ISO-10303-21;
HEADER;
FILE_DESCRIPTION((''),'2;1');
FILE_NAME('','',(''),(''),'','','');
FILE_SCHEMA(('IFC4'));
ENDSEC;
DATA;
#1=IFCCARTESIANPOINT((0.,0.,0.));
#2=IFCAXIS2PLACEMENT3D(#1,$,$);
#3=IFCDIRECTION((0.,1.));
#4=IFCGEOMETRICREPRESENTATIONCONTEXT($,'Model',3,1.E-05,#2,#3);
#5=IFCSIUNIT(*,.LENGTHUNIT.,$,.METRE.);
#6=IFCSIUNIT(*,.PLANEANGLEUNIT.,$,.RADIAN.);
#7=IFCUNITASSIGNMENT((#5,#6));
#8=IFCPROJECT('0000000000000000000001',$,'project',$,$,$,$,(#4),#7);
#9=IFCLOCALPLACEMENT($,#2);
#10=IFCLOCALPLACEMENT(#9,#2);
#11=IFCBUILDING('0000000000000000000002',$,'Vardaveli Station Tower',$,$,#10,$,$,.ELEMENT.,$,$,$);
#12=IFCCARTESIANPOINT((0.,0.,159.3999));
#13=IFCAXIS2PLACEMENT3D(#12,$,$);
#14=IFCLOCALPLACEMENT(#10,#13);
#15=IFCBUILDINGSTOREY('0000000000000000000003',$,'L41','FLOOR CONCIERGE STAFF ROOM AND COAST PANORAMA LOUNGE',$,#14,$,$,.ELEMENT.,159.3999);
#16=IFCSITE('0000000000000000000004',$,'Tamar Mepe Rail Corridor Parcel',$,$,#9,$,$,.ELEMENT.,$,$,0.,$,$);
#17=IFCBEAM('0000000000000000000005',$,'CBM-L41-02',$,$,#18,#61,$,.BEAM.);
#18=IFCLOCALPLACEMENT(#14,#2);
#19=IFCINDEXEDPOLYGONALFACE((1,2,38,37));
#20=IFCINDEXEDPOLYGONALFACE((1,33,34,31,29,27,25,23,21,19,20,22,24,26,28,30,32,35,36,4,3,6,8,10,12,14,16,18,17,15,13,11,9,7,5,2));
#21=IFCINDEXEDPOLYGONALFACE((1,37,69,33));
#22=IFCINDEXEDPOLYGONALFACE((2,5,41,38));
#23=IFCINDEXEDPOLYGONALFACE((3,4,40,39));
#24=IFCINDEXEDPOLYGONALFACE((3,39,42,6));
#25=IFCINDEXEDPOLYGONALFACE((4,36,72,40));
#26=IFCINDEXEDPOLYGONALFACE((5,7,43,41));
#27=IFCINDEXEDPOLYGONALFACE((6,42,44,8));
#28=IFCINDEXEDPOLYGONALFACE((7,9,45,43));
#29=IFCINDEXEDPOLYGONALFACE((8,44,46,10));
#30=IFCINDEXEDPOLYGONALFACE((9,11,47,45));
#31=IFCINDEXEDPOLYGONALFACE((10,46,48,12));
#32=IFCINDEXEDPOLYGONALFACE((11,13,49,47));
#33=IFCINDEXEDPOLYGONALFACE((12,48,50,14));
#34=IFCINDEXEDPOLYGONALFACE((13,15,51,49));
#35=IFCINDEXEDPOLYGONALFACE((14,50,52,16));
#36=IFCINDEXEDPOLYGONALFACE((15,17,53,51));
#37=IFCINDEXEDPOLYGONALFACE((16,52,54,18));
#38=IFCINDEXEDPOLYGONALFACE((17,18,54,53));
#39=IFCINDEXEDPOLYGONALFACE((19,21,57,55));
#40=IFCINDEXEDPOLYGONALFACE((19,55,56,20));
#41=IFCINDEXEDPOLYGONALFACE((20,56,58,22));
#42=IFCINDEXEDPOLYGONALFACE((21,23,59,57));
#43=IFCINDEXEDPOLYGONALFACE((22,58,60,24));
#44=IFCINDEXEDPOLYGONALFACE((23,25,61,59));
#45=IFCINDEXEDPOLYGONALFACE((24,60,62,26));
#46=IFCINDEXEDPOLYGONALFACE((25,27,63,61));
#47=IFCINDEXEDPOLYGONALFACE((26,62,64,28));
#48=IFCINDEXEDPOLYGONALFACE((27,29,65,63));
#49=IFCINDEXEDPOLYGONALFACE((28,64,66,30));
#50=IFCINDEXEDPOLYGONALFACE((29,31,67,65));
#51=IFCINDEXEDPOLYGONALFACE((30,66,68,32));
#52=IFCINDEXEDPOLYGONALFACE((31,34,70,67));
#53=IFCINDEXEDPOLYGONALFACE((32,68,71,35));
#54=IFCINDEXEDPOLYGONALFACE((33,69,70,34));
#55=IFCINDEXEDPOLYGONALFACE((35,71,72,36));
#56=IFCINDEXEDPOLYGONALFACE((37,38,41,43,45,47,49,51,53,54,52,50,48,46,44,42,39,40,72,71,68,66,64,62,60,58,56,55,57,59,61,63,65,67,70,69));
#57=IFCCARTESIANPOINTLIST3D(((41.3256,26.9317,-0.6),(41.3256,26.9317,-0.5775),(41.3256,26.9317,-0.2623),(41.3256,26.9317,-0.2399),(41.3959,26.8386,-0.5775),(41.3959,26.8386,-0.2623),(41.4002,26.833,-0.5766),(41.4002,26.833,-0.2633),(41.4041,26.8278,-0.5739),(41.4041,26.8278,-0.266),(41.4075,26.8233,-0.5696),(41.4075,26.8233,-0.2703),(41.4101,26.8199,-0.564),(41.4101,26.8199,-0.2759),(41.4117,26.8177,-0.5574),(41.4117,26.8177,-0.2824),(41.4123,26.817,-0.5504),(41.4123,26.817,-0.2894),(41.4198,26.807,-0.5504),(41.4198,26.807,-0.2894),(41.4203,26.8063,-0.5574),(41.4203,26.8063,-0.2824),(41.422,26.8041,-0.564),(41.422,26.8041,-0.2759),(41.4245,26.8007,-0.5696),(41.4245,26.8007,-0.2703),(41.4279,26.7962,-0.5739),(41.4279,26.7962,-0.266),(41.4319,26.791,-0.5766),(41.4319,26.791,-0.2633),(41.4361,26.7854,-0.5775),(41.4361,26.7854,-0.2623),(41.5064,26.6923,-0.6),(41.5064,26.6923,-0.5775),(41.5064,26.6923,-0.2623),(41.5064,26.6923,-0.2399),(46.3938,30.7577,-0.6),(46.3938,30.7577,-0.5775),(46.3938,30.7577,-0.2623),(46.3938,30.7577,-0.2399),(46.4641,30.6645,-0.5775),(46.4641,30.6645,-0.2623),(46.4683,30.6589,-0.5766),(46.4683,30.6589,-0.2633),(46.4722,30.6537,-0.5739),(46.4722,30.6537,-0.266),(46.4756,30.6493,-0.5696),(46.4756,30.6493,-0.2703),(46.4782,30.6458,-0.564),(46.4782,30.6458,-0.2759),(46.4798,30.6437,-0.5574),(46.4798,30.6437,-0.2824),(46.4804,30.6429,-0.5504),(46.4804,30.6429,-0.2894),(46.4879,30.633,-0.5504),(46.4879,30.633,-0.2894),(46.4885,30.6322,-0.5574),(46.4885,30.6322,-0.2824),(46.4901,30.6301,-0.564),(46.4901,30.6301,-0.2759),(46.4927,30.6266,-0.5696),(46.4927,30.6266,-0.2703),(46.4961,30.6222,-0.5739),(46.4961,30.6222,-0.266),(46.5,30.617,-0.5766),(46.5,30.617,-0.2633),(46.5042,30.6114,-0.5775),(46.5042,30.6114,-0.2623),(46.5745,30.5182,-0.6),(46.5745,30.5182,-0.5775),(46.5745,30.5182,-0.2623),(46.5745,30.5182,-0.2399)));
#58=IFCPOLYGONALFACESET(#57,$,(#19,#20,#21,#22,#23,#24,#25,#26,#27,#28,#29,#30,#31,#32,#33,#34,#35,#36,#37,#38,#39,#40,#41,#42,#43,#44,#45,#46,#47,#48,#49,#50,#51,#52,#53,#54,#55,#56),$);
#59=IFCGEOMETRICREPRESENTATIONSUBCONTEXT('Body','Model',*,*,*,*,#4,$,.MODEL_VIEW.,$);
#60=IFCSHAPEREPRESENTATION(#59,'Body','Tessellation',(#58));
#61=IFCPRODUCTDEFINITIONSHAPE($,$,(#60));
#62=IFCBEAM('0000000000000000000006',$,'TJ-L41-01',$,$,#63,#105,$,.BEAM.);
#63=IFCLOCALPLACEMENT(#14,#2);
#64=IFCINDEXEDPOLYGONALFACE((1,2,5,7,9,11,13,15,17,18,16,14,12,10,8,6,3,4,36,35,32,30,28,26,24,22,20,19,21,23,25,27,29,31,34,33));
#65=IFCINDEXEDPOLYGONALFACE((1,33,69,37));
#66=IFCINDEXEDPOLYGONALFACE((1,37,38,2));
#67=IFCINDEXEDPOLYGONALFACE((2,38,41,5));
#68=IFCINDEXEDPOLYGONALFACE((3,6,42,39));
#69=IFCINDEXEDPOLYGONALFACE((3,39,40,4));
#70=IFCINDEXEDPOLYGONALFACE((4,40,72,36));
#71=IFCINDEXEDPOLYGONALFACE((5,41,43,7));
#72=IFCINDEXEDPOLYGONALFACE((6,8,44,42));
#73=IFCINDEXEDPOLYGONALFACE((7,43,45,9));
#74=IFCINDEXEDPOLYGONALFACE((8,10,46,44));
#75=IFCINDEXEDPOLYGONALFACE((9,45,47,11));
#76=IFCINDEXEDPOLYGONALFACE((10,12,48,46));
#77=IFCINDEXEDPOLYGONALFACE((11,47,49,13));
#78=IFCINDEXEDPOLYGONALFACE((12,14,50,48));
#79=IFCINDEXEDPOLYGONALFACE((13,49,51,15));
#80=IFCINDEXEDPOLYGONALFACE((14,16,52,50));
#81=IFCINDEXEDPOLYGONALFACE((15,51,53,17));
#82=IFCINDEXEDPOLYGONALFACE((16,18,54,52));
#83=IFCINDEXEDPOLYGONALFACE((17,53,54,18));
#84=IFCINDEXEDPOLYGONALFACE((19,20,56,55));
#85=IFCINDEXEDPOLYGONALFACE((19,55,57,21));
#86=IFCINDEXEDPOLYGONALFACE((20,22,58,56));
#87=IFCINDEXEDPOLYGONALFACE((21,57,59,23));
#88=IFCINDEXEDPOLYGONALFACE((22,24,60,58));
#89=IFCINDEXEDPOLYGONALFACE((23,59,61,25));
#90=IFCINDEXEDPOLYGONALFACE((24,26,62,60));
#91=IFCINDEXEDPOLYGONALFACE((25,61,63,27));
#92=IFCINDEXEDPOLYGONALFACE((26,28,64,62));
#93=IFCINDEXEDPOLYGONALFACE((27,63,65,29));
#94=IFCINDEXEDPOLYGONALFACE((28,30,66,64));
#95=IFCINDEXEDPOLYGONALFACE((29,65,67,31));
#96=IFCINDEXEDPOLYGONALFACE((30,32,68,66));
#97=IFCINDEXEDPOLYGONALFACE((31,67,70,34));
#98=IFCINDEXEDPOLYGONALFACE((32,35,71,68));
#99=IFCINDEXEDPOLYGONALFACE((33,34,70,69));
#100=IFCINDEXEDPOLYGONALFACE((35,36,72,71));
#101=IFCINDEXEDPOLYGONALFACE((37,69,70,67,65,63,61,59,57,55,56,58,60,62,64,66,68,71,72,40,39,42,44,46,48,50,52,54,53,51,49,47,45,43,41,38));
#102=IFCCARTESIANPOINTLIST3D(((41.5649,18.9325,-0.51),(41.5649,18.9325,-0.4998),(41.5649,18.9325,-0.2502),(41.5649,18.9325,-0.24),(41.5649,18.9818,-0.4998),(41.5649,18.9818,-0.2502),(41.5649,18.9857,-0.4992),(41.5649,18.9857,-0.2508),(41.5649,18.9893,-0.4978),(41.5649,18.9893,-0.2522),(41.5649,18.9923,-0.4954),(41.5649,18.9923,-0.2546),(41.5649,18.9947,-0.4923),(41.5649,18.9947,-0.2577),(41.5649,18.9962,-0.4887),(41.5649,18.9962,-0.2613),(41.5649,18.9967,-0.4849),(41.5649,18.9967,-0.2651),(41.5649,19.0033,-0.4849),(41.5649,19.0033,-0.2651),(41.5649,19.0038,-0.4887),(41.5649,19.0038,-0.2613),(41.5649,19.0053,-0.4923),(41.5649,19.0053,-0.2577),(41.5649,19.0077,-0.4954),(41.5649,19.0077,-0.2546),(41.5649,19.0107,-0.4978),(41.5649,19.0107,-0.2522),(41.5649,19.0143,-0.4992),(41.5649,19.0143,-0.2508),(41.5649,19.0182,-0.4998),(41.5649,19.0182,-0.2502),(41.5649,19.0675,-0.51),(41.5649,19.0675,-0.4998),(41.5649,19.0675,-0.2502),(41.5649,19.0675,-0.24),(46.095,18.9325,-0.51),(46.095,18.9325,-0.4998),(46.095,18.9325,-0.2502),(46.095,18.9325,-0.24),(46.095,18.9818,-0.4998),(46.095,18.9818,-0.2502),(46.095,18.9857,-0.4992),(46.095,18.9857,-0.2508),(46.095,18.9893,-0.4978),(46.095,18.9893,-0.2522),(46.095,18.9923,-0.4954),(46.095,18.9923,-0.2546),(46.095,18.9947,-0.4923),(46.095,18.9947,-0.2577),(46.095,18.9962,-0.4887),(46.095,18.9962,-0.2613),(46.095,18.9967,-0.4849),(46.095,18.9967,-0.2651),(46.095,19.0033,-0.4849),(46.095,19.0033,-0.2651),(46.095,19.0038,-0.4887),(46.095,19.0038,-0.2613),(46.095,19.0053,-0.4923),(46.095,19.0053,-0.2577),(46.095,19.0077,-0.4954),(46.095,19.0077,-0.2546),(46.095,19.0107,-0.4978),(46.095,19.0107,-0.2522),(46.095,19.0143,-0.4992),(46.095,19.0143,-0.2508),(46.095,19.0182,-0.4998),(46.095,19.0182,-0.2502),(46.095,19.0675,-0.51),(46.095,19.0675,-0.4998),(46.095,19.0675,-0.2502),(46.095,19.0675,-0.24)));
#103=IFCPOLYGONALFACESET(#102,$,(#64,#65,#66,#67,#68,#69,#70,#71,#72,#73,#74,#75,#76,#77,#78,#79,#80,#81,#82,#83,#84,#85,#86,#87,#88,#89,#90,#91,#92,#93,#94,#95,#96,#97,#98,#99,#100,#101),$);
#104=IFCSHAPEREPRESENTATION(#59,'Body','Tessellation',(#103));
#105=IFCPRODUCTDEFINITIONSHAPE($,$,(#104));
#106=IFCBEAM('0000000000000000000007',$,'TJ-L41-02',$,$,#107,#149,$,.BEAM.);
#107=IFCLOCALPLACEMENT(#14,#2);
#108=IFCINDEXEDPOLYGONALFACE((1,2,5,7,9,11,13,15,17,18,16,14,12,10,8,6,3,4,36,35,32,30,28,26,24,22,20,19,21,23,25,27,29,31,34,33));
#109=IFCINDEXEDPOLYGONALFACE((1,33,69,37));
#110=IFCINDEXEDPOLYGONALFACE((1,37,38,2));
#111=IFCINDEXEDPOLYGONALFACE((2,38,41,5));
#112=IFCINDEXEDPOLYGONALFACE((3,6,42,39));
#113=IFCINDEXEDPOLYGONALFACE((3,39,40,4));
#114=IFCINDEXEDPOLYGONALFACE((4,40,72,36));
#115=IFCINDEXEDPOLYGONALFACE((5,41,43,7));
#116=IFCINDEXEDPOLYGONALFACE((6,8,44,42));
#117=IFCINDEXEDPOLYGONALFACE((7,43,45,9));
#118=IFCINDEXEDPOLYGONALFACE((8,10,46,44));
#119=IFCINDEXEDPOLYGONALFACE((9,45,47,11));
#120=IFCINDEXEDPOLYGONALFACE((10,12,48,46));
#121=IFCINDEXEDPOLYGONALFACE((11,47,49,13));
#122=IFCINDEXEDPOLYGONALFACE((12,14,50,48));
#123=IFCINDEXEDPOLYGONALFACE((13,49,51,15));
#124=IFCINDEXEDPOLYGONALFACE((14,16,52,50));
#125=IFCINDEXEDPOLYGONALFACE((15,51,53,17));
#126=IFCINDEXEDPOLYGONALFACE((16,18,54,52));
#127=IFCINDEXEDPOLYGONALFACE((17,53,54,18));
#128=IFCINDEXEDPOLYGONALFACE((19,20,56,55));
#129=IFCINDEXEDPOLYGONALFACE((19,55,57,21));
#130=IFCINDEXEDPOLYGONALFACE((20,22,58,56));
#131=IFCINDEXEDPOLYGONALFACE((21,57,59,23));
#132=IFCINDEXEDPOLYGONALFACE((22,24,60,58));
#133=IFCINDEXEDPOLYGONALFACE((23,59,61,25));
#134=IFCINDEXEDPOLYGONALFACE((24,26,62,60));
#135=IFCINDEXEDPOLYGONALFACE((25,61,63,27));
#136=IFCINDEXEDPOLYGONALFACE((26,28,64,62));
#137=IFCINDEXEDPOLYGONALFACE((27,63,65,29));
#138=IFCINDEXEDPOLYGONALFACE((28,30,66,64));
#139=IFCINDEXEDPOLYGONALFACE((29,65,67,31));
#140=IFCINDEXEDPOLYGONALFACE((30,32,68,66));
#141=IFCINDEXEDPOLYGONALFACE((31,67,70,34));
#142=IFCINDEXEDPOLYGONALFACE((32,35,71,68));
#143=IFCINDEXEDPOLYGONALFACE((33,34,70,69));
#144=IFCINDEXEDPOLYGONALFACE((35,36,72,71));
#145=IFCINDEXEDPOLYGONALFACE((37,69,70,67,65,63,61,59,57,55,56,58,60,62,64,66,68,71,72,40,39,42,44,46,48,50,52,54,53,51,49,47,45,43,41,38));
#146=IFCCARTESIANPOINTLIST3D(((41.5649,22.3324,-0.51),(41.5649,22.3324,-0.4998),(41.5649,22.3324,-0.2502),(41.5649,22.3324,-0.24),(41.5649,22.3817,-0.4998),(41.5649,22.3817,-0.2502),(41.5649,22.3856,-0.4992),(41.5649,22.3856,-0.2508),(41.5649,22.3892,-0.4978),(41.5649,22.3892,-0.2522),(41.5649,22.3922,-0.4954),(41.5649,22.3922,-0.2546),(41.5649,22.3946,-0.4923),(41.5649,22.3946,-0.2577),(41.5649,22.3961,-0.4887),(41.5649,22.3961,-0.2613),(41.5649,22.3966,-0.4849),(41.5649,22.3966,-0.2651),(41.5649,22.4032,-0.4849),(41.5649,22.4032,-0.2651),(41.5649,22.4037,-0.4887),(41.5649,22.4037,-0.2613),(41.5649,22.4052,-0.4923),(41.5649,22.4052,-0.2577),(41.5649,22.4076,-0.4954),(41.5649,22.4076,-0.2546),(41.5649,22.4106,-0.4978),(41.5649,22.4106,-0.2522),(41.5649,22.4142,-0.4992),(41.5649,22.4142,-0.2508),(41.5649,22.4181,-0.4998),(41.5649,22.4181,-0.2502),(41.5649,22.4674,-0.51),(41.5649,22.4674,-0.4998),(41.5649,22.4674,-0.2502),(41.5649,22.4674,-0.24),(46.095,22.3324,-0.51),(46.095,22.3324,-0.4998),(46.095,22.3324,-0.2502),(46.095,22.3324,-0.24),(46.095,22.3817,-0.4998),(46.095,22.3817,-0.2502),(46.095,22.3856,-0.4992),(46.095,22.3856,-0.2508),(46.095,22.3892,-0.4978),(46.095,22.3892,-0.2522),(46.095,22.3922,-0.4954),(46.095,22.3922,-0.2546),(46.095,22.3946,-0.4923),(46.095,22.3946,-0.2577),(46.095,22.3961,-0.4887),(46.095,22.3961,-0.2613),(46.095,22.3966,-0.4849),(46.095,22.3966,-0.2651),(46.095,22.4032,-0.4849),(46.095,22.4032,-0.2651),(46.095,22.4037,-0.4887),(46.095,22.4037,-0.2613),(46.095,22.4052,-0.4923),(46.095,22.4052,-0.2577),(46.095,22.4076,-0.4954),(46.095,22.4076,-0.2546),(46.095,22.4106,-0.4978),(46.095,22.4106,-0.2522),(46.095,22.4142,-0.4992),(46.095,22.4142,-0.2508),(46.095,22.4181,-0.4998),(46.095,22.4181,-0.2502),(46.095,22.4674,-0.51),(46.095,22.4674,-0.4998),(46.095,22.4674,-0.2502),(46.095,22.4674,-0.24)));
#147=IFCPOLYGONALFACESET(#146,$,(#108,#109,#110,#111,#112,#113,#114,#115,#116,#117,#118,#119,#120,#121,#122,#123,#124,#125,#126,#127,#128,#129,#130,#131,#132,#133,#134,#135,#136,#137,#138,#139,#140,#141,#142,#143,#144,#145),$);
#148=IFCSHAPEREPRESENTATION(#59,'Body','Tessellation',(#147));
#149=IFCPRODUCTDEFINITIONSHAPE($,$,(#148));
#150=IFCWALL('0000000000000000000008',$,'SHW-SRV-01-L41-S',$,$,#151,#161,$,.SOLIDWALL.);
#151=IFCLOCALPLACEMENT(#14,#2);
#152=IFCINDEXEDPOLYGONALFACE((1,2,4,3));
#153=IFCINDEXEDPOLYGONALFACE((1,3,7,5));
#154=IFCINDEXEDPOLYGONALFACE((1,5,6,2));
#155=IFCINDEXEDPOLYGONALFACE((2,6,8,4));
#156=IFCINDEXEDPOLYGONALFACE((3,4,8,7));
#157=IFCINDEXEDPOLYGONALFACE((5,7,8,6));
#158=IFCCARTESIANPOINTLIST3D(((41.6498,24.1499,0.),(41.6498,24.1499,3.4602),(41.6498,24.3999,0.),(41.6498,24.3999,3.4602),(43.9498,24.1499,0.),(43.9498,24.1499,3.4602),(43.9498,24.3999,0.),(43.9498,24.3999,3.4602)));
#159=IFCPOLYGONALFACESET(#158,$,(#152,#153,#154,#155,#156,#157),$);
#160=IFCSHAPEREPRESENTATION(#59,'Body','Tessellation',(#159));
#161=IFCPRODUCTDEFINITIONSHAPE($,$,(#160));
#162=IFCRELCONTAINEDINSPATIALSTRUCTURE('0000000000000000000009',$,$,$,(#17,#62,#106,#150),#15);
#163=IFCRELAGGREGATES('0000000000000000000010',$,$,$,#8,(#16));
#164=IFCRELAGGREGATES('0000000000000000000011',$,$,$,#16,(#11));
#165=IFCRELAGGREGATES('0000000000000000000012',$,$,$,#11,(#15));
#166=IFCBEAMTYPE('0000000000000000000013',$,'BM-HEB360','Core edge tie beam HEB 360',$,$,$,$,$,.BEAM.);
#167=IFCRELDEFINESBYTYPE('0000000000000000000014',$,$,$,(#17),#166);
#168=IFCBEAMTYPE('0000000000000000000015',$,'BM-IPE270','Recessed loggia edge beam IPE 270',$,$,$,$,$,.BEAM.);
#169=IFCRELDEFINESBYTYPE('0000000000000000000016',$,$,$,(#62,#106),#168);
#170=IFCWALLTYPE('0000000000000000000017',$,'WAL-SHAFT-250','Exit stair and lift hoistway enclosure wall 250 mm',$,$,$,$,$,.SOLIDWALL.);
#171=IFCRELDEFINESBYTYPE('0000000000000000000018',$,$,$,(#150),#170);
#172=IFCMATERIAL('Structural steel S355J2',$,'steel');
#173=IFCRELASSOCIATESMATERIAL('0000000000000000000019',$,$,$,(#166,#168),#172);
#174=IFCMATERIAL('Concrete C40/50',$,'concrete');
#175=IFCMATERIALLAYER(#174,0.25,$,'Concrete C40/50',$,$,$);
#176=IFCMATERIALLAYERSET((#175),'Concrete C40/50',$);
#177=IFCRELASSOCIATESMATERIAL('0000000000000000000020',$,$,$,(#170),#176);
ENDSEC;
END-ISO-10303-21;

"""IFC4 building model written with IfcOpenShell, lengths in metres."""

from ifc_helpers import new_model, si_unit, direction, frame, frame_2d, origin, origin_2d, place, context, subcontext, project, spatial, rectangle, i_section, extrude, source, transform, mapped, material, layer, layer_set, material_profile, profile_set, type_object, element, save


model = new_model("IFC4")

# Units and contexts
model_context = context("Model", 3, precision=1e-05, world=origin(), true_north=direction((0.0, 1.0)))
body_context = subcontext(model_context, "Body", "Model", "MODEL_VIEW")
ifc_project = project(units=[si_unit("LENGTHUNIT", "METRE"), si_unit("PLANEANGLEUNIT", "RADIAN")], contexts=[model_context])

# Site, building, storey
site_placement = place(None, origin())
site = spatial("IfcSite", under=ifc_project, at=site_placement, Name="Tamar Mepe Rail Corridor Parcel", CompositionType="ELEMENT", RefElevation=0.0)
building_placement = place(site_placement, origin())
building = spatial("IfcBuilding", under=site, at=building_placement, Name="Vardaveli Station Tower", CompositionType="ELEMENT")
storey_placement = place(building_placement, frame((0.0, 0.0, 159.3999)))
storey = spatial("IfcBuildingStorey", under=building, at=storey_placement, Name="L41", Description="FLOOR CONCIERGE STAFF ROOM AND COAST PANORAMA LOUNGE", CompositionType="ELEMENT", Elevation=159.3999)

# Beams
ifc_material_1 = material(Name="Structural steel S355J2", Category="steel")
ifc_material_profile_1 = material_profile(ifc_material_1, i_section(OverallWidth=0.3, OverallDepth=0.3601, WebThickness=0.0125, FlangeThickness=0.0225, FilletRadius=0.0271, at=origin_2d()), Name="HEB 360")
ifc_profile_set_1 = profile_set([ifc_material_profile_1], Name="Structural steel S355J2")
beam_type_1 = type_object("IfcBeamType", Name="BM-HEB360", Description="Core edge tie beam HEB 360", PredefinedType="BEAM", material=ifc_profile_set_1)
shared_shape_1 = source(origin(), body_context, "Body", "SweptSolid", [
    extrude(i_section(OverallWidth=0.3, OverallDepth=0.3601, WebThickness=0.0125, FlangeThickness=0.0225, FilletRadius=0.0271, at=origin_2d()), origin(), (0.0, 0.0, 1.0), 6.3501),
])
beam_1_placement = place(storey_placement, frame((41.416, 26.812, -0.4199), z_axis=(0.798118, 0.602501, 0.0), x_axis=(-0.602501, 0.798118, 0.0)))
element("IfcBeam", 1, at=beam_1_placement, inside=storey, type_object=beam_type_1, Name="CBM-L41-02", PredefinedType="BEAM", context=body_context, shape_type="MappedRepresentation", body=[
    mapped(shared_shape_1, transform((0.0, 0.0, 0.0), scale=1.0)),
])
ifc_material_profile_2 = material_profile(ifc_material_1, i_section(OverallWidth=0.135, OverallDepth=0.27, WebThickness=0.0066, FlangeThickness=0.0103, FilletRadius=0.0149, at=origin_2d()), Name="IPE 270")
ifc_profile_set_2 = profile_set([ifc_material_profile_2], Name="Structural steel S355J2")
beam_type_2 = type_object("IfcBeamType", Name="BM-IPE270", Description="Recessed loggia edge beam IPE 270", PredefinedType="BEAM", material=ifc_profile_set_2)
shared_shape_2 = source(origin(), body_context, "Body", "SweptSolid", [
    extrude(i_section(OverallWidth=0.135, OverallDepth=0.27, WebThickness=0.0066, FlangeThickness=0.0103, FilletRadius=0.0149, at=origin_2d()), origin(), (0.0, 0.0, 1.0), 4.53),
])
for number, where, z_axis, x_axis, name in (
    (2, (41.5649, 19.0, -0.375), (1.0, 0.0, 0.0), (0.0, 1.0, 0.0), "TJ-L41-01"),
    (3, (41.5649, 22.3999, -0.375), (1.0, 0.0, 0.0), (0.0, 1.0, 0.0), "TJ-L41-02"),
):
    element("IfcBeam", number, at=place(storey_placement, frame(where, z_axis=z_axis, x_axis=x_axis)), inside=storey, type_object=beam_type_2, Name=name, PredefinedType="BEAM", context=body_context, shape_type="MappedRepresentation", body=[
        mapped(shared_shape_2, transform((0.0, 0.0, 0.0), scale=1.0)),
    ])

# Wall
ifc_material_2 = material(Name="Concrete C40/50", Category="concrete")
ifc_layer_1 = layer(ifc_material_2, 0.25, Name="Concrete C40/50")
ifc_layer_set_1 = layer_set([ifc_layer_1], Name="Concrete C40/50")
wall_type_1 = type_object("IfcWallType", Name="WAL-SHAFT-250", Description="Exit stair and lift hoistway enclosure wall 250 mm", PredefinedType="SOLIDWALL", material=ifc_layer_set_1)
shared_shape_3 = source(origin(), body_context, "Body", "SweptSolid", [
    extrude(rectangle(XDim=2.3, YDim=0.25, at=frame_2d((1.1499, 0.0))), origin(), (0.0, 0.0, 1.0), 3.4602),
])
wall_1_placement = place(storey_placement, frame((41.6499, 24.2749, 0.0), z_axis=(0.0, 0.0, 1.0), x_axis=(1.0, 0.0, 0.0)))
element("IfcWall", 4, at=wall_1_placement, inside=storey, type_object=wall_type_1, Name="SHW-SRV-01-L41-S", PredefinedType="SOLIDWALL", context=body_context, shape_type="MappedRepresentation", body=[
    mapped(shared_shape_3, transform((0.0, 0.0, 0.0), scale=1.0)),
])

save(model, "model.ifc")
